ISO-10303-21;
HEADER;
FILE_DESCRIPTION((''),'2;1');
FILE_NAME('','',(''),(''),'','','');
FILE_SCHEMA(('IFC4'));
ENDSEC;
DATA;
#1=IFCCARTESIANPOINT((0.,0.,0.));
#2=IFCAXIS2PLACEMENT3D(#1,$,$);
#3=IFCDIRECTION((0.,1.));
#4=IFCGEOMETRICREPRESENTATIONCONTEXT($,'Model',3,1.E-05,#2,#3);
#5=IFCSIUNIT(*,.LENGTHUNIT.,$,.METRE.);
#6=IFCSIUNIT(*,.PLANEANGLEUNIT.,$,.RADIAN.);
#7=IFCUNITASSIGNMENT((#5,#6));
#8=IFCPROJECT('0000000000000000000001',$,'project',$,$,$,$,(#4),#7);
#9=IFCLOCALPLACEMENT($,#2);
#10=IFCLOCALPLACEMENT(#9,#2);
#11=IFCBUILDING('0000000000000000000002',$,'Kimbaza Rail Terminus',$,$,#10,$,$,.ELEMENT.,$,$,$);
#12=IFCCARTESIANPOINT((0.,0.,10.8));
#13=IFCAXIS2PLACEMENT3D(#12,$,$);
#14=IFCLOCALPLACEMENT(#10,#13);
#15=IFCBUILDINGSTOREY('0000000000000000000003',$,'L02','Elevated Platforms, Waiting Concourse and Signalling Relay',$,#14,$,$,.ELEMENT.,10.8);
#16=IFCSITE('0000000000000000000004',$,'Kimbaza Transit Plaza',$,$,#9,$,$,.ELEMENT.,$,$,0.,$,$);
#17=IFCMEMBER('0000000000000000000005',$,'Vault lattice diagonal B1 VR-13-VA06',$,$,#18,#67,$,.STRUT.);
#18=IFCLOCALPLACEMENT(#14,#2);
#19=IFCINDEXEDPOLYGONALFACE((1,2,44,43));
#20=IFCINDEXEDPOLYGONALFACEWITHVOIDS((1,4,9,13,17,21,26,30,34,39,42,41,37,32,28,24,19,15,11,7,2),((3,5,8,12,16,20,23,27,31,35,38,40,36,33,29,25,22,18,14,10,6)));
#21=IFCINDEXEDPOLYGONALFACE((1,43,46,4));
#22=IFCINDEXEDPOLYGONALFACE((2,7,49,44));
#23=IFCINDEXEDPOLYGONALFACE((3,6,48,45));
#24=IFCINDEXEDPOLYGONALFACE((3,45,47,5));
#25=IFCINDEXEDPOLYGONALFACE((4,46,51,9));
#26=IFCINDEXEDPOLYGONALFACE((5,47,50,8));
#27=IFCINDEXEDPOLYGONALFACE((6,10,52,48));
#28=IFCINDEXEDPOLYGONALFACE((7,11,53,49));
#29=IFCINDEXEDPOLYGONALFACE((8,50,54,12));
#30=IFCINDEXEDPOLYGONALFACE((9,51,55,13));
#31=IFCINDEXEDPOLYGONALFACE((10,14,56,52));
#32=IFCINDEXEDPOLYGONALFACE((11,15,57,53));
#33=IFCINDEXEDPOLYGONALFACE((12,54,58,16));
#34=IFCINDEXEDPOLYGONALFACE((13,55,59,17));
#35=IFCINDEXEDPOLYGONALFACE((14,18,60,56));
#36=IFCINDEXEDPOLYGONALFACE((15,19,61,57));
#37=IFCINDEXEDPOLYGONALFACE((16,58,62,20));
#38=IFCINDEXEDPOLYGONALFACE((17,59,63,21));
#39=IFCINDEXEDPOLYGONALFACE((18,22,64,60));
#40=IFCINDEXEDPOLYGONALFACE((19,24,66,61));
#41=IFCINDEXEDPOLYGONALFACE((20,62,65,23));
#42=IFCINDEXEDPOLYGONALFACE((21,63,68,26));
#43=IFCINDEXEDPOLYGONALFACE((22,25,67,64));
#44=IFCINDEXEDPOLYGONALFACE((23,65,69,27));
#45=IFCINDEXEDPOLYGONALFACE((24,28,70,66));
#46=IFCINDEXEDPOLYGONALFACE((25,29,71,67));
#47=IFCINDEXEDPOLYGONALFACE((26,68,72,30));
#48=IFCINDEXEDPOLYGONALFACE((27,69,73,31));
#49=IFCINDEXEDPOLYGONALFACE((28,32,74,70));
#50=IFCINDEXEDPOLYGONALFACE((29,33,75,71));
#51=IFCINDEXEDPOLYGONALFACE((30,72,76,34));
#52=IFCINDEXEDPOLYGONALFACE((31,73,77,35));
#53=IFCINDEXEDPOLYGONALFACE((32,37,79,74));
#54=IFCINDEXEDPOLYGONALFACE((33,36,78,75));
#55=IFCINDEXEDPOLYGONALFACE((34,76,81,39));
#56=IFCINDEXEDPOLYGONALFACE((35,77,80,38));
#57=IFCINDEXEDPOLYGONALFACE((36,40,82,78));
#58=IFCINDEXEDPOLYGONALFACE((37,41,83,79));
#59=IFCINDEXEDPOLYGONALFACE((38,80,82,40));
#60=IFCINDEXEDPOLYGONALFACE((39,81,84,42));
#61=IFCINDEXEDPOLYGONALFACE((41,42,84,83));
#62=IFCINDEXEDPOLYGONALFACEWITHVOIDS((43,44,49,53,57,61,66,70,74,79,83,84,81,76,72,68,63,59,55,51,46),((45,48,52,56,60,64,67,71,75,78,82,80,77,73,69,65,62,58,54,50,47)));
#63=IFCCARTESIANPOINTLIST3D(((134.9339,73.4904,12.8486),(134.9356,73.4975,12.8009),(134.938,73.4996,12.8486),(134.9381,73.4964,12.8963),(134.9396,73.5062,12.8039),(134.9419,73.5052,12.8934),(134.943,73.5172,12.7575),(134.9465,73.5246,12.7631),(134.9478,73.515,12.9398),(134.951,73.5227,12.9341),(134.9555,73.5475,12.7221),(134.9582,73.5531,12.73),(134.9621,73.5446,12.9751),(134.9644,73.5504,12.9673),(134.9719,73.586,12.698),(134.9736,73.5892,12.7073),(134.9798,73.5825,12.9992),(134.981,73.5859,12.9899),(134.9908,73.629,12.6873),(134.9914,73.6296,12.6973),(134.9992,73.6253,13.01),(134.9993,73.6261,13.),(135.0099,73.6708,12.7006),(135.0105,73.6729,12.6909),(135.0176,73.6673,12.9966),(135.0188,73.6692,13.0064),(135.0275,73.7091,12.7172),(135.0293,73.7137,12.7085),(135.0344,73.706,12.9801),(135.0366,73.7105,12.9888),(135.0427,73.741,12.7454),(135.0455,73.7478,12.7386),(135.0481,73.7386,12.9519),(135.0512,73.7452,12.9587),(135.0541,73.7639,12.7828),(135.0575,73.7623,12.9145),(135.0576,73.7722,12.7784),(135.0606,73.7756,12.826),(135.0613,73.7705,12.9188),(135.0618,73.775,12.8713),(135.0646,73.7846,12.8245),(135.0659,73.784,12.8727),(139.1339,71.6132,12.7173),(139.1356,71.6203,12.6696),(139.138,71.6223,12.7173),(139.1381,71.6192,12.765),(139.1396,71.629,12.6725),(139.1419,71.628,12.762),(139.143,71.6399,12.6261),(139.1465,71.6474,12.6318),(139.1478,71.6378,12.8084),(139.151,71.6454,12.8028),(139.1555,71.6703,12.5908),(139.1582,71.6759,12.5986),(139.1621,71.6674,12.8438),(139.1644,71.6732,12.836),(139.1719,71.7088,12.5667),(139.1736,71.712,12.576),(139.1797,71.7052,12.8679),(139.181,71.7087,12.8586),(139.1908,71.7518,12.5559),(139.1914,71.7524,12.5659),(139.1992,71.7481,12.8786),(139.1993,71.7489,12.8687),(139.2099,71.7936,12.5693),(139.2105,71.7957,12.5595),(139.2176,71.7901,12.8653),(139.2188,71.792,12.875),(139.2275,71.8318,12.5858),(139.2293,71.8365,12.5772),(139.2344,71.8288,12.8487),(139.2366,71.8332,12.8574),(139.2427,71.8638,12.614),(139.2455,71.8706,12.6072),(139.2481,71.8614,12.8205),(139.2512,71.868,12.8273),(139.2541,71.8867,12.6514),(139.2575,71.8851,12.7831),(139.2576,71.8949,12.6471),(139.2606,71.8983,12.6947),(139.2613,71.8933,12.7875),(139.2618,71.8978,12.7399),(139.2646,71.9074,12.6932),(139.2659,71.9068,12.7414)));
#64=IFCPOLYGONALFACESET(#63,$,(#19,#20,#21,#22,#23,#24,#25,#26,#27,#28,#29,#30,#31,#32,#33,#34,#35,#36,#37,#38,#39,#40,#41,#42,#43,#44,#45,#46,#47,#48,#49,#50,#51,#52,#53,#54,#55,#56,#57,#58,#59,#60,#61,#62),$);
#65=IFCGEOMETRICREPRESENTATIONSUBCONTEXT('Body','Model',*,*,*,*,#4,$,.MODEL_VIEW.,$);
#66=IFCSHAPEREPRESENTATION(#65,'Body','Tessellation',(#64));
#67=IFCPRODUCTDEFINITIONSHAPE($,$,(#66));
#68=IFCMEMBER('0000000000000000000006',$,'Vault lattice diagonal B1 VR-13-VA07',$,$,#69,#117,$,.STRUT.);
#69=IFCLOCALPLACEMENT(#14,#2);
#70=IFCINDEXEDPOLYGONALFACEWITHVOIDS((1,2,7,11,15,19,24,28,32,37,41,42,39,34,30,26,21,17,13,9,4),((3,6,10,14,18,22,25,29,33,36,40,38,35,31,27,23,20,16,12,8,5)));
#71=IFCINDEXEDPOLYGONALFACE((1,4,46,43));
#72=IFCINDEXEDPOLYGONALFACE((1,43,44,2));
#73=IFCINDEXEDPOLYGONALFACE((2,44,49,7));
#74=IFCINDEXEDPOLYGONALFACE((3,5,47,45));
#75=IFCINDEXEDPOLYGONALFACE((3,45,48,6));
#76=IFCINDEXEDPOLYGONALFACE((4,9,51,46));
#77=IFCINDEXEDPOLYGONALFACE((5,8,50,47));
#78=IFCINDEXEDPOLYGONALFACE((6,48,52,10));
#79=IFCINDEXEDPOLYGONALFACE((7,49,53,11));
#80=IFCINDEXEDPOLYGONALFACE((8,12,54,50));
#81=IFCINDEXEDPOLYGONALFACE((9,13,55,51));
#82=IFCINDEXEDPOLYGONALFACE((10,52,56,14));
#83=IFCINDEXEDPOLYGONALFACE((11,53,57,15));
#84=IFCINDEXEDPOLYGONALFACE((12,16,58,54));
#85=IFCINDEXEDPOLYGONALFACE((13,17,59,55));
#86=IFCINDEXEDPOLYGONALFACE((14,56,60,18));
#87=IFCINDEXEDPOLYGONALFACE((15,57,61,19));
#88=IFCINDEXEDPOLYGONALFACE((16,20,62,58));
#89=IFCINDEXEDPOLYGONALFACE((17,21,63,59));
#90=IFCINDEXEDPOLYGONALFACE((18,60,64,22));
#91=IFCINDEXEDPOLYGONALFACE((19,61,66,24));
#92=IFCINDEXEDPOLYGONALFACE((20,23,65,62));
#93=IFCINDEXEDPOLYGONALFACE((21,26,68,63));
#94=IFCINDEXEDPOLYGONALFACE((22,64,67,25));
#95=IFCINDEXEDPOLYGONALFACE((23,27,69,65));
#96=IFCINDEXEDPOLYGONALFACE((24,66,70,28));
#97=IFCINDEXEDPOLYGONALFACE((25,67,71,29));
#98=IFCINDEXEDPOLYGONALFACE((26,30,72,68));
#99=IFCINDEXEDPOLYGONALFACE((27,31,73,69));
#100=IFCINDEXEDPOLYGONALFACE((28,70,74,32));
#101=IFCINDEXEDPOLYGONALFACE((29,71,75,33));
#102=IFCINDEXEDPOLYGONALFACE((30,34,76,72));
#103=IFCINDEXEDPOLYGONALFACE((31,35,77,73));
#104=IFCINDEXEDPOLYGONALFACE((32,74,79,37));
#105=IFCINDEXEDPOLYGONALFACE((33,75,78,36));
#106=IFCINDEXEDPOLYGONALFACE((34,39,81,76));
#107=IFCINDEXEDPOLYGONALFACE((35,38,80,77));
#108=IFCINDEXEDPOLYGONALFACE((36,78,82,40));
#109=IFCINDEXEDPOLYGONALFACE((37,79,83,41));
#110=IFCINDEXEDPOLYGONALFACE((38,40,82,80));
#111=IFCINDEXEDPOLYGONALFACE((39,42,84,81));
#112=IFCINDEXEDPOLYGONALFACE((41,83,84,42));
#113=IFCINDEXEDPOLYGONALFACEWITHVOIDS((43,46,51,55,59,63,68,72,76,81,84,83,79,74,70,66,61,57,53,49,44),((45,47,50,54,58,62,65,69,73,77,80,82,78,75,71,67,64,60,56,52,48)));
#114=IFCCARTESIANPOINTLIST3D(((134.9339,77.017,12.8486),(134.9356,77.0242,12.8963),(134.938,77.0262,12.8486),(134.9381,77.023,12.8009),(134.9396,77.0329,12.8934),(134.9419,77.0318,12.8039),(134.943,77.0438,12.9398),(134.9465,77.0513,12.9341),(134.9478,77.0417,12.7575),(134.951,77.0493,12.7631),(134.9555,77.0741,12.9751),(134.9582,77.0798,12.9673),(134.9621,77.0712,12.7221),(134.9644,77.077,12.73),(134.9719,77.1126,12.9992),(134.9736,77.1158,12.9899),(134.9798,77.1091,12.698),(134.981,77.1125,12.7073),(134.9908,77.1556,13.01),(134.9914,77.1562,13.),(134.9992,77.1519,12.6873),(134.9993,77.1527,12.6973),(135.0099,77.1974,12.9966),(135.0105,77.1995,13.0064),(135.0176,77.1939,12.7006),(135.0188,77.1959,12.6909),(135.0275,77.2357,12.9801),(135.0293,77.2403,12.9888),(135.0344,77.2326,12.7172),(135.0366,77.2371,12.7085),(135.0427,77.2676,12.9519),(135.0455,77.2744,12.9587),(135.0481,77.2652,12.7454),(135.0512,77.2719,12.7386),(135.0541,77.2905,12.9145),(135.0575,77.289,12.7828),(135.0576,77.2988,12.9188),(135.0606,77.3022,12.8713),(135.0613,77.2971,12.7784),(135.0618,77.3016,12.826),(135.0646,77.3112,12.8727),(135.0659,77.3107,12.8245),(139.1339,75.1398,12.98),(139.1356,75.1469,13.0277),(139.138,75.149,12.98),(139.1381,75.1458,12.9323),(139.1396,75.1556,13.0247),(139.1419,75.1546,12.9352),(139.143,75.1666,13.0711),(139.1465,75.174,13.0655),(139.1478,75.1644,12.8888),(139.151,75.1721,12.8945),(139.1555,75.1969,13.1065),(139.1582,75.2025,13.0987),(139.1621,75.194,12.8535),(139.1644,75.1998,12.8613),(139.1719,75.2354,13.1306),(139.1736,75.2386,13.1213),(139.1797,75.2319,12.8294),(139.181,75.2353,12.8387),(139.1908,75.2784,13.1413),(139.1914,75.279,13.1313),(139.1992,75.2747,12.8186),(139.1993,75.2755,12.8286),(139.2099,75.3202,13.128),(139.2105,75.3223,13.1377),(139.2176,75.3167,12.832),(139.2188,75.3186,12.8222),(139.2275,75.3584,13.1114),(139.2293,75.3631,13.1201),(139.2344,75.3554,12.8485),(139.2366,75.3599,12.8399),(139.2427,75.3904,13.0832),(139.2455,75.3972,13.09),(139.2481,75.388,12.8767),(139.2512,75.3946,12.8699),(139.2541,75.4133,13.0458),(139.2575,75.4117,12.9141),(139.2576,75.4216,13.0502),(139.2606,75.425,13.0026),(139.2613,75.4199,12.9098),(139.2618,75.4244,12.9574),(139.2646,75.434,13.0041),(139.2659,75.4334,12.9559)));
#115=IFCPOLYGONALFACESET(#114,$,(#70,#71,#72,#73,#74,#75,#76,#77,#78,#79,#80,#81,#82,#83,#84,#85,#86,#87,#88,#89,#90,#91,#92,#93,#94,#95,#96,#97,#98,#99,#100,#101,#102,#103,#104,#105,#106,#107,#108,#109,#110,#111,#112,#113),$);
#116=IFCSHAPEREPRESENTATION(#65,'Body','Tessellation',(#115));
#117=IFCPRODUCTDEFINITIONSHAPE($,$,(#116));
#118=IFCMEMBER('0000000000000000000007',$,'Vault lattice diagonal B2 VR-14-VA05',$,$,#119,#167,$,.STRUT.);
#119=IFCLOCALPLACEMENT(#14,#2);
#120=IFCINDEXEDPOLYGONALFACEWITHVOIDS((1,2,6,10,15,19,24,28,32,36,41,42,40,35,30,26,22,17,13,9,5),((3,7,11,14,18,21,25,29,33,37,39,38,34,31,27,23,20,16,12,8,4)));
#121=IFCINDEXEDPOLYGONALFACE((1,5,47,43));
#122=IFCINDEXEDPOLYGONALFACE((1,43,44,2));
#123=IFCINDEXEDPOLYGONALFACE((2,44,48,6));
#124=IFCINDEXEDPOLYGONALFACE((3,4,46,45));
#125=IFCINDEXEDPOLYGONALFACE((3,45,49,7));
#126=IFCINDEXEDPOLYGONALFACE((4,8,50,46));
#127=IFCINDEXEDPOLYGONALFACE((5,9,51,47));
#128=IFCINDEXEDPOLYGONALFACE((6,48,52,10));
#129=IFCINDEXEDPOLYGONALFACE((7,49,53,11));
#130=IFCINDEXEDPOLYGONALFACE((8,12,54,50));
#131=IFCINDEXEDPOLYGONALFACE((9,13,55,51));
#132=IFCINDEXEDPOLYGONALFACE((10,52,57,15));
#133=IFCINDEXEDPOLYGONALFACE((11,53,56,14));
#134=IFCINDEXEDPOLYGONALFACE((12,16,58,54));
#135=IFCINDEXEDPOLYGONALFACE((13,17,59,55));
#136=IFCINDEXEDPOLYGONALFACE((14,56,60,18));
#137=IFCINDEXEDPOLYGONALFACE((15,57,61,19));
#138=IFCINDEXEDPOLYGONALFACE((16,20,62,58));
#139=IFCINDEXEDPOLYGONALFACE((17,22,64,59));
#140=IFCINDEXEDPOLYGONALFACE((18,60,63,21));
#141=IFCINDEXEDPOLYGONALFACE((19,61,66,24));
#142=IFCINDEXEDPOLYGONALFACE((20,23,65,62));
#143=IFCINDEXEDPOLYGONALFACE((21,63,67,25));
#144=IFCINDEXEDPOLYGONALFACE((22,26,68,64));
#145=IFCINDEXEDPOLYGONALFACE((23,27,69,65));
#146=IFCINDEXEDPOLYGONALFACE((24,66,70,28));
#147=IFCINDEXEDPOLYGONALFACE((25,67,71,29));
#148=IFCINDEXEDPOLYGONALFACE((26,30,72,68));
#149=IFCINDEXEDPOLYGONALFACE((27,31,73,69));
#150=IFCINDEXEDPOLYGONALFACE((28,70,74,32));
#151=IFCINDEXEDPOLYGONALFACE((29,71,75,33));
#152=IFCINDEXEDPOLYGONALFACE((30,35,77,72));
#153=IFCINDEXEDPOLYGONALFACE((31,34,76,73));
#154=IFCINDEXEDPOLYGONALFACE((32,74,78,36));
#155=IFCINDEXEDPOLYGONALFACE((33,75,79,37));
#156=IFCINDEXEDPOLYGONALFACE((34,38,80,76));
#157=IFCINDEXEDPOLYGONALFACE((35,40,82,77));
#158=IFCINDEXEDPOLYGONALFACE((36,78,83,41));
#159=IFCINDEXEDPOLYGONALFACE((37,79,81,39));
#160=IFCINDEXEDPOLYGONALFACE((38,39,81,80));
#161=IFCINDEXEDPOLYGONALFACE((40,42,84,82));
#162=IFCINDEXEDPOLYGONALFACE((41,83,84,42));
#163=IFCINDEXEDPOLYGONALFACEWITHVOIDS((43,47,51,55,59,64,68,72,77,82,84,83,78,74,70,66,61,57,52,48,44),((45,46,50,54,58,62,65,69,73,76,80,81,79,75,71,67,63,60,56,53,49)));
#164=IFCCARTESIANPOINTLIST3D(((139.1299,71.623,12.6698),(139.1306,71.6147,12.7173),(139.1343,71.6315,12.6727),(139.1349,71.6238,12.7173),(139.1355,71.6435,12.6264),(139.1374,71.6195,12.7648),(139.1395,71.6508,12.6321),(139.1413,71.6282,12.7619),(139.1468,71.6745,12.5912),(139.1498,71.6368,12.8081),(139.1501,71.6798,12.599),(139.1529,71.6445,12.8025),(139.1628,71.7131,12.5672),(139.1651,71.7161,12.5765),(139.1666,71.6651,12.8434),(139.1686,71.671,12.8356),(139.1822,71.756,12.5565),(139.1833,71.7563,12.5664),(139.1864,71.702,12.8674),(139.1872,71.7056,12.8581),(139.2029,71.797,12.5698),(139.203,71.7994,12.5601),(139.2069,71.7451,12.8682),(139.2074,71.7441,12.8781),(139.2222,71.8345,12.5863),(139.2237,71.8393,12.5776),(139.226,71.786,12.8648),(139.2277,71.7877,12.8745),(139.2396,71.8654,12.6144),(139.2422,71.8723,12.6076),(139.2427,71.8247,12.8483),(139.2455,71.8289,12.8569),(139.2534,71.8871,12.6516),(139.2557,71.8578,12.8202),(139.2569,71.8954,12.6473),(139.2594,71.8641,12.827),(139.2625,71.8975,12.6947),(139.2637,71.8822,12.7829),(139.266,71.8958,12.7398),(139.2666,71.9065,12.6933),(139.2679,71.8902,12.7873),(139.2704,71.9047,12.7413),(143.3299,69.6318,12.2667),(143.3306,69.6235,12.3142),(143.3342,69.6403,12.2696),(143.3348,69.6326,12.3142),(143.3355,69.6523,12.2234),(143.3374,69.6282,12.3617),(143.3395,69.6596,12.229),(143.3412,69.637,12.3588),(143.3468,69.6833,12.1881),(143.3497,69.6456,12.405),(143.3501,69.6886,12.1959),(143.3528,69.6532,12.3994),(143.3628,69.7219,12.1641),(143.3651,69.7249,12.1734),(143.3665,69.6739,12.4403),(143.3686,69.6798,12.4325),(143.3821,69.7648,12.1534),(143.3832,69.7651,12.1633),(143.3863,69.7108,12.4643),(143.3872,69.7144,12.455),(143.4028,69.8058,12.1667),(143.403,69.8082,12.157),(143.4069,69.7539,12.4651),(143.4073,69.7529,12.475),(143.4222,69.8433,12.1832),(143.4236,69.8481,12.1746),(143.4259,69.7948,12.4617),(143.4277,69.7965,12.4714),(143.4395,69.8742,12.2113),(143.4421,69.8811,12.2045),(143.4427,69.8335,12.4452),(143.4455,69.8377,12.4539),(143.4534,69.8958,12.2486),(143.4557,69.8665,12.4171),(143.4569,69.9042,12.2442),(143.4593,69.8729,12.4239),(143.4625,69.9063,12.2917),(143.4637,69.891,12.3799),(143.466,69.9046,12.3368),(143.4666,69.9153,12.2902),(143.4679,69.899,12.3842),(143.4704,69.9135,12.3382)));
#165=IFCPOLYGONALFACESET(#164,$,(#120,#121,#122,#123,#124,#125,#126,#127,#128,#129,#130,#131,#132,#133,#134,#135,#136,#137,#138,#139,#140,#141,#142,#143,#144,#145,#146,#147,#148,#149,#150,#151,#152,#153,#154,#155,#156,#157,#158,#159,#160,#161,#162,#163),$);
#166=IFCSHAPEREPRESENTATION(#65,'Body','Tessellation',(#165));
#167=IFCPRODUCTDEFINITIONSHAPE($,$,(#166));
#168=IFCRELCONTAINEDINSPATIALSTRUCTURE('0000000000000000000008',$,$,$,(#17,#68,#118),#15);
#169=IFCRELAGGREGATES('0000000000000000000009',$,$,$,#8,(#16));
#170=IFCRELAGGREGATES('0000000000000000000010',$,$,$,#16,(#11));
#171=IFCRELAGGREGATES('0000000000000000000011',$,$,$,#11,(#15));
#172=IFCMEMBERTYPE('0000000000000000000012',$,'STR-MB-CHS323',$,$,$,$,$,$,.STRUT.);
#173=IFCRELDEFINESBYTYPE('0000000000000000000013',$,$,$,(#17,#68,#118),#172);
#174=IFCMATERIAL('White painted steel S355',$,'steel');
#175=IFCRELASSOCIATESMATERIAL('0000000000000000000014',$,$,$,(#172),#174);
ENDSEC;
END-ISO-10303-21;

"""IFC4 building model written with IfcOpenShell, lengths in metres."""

from ifc_helpers import new_model, si_unit, direction, frame, origin, origin_2d, place, context, subcontext, project, spatial, hollow_circle, extrude, material, material_profile, profile_set, type_object, element, save


model = new_model("IFC4")

# Units and contexts
model_context = context("Model", 3, precision=1e-05, world=origin(), true_north=direction((0.0, 1.0)))
body_context = subcontext(model_context, "Body", "Model", "MODEL_VIEW")
ifc_project = project(units=[si_unit("LENGTHUNIT", "METRE"), si_unit("PLANEANGLEUNIT", "RADIAN")], contexts=[model_context])

# Site, building, storey
site_placement = place(None, origin())
site = spatial("IfcSite", under=ifc_project, at=site_placement, Name="Kimbaza Transit Plaza", CompositionType="ELEMENT", RefElevation=0.0)
building_placement = place(site_placement, origin())
building = spatial("IfcBuilding", under=site, at=building_placement, Name="Kimbaza Rail Terminus", CompositionType="ELEMENT")
storey_placement = place(building_placement, frame((0.0, 0.0, 10.8)))
storey = spatial("IfcBuildingStorey", under=building, at=storey_placement, Name="L02", Description="Elevated Platforms, Waiting Concourse and Signalling Relay", CompositionType="ELEMENT", Elevation=10.8)

# Members
ifc_material_1 = material(Name="White painted steel S355", Category="steel")
ifc_material_profile_1 = material_profile(ifc_material_1, hollow_circle(Radius=0.1619, WallThickness=0.01, at=origin_2d()), Name="CHS 323.9x10")
ifc_profile_set_1 = profile_set([ifc_material_profile_1], Name="White painted steel S355")
member_type_1 = type_object("IfcMemberType", Name="STR-MB-CHS323", PredefinedType="STRUT", material=ifc_profile_set_1)
for number, where, z_axis, x_axis, name in (
    (1, (139.2, 71.761, 12.7173), (-0.912586, 0.407887, 0.02854), (-0.408053, -0.912958, 0.0), "Vault lattice diagonal B1 VR-13-VA06"),
    (2, (139.2, 75.2876, 12.98), (-0.912586, 0.407887, -0.02854), (-0.408053, -0.912958, 0.0), "Vault lattice diagonal B1 VR-13-VA07"),
):
    element("IfcMember", number, at=place(storey_placement, frame(where, z_axis=z_axis, x_axis=x_axis)), inside=storey, type_object=member_type_1, Name=name, PredefinedType="STRUT", context=body_context, shape_type="SweptSolid", body=[
        extrude(hollow_circle(Radius=0.1619, WallThickness=0.01, at=origin_2d()), origin(), (0.0, 0.0, 1.0), 4.6023),
    ])
member_1_placement = place(storey_placement, frame((143.3999, 69.7698, 12.3142), z_axis=(-0.900213, 0.426794, 0.086395), x_axis=(-0.428396, -0.903591, 0.0)))
element("IfcMember", 3, at=member_1_placement, inside=storey, type_object=member_type_1, Name="Vault lattice diagonal B2 VR-14-VA05", PredefinedType="STRUT", context=body_context, shape_type="SweptSolid", body=[
    extrude(hollow_circle(Radius=0.1619, WallThickness=0.01, at=origin_2d()), origin(), (0.0, 0.0, 1.0), 4.6655),
])

save(model, "model.ifc")
